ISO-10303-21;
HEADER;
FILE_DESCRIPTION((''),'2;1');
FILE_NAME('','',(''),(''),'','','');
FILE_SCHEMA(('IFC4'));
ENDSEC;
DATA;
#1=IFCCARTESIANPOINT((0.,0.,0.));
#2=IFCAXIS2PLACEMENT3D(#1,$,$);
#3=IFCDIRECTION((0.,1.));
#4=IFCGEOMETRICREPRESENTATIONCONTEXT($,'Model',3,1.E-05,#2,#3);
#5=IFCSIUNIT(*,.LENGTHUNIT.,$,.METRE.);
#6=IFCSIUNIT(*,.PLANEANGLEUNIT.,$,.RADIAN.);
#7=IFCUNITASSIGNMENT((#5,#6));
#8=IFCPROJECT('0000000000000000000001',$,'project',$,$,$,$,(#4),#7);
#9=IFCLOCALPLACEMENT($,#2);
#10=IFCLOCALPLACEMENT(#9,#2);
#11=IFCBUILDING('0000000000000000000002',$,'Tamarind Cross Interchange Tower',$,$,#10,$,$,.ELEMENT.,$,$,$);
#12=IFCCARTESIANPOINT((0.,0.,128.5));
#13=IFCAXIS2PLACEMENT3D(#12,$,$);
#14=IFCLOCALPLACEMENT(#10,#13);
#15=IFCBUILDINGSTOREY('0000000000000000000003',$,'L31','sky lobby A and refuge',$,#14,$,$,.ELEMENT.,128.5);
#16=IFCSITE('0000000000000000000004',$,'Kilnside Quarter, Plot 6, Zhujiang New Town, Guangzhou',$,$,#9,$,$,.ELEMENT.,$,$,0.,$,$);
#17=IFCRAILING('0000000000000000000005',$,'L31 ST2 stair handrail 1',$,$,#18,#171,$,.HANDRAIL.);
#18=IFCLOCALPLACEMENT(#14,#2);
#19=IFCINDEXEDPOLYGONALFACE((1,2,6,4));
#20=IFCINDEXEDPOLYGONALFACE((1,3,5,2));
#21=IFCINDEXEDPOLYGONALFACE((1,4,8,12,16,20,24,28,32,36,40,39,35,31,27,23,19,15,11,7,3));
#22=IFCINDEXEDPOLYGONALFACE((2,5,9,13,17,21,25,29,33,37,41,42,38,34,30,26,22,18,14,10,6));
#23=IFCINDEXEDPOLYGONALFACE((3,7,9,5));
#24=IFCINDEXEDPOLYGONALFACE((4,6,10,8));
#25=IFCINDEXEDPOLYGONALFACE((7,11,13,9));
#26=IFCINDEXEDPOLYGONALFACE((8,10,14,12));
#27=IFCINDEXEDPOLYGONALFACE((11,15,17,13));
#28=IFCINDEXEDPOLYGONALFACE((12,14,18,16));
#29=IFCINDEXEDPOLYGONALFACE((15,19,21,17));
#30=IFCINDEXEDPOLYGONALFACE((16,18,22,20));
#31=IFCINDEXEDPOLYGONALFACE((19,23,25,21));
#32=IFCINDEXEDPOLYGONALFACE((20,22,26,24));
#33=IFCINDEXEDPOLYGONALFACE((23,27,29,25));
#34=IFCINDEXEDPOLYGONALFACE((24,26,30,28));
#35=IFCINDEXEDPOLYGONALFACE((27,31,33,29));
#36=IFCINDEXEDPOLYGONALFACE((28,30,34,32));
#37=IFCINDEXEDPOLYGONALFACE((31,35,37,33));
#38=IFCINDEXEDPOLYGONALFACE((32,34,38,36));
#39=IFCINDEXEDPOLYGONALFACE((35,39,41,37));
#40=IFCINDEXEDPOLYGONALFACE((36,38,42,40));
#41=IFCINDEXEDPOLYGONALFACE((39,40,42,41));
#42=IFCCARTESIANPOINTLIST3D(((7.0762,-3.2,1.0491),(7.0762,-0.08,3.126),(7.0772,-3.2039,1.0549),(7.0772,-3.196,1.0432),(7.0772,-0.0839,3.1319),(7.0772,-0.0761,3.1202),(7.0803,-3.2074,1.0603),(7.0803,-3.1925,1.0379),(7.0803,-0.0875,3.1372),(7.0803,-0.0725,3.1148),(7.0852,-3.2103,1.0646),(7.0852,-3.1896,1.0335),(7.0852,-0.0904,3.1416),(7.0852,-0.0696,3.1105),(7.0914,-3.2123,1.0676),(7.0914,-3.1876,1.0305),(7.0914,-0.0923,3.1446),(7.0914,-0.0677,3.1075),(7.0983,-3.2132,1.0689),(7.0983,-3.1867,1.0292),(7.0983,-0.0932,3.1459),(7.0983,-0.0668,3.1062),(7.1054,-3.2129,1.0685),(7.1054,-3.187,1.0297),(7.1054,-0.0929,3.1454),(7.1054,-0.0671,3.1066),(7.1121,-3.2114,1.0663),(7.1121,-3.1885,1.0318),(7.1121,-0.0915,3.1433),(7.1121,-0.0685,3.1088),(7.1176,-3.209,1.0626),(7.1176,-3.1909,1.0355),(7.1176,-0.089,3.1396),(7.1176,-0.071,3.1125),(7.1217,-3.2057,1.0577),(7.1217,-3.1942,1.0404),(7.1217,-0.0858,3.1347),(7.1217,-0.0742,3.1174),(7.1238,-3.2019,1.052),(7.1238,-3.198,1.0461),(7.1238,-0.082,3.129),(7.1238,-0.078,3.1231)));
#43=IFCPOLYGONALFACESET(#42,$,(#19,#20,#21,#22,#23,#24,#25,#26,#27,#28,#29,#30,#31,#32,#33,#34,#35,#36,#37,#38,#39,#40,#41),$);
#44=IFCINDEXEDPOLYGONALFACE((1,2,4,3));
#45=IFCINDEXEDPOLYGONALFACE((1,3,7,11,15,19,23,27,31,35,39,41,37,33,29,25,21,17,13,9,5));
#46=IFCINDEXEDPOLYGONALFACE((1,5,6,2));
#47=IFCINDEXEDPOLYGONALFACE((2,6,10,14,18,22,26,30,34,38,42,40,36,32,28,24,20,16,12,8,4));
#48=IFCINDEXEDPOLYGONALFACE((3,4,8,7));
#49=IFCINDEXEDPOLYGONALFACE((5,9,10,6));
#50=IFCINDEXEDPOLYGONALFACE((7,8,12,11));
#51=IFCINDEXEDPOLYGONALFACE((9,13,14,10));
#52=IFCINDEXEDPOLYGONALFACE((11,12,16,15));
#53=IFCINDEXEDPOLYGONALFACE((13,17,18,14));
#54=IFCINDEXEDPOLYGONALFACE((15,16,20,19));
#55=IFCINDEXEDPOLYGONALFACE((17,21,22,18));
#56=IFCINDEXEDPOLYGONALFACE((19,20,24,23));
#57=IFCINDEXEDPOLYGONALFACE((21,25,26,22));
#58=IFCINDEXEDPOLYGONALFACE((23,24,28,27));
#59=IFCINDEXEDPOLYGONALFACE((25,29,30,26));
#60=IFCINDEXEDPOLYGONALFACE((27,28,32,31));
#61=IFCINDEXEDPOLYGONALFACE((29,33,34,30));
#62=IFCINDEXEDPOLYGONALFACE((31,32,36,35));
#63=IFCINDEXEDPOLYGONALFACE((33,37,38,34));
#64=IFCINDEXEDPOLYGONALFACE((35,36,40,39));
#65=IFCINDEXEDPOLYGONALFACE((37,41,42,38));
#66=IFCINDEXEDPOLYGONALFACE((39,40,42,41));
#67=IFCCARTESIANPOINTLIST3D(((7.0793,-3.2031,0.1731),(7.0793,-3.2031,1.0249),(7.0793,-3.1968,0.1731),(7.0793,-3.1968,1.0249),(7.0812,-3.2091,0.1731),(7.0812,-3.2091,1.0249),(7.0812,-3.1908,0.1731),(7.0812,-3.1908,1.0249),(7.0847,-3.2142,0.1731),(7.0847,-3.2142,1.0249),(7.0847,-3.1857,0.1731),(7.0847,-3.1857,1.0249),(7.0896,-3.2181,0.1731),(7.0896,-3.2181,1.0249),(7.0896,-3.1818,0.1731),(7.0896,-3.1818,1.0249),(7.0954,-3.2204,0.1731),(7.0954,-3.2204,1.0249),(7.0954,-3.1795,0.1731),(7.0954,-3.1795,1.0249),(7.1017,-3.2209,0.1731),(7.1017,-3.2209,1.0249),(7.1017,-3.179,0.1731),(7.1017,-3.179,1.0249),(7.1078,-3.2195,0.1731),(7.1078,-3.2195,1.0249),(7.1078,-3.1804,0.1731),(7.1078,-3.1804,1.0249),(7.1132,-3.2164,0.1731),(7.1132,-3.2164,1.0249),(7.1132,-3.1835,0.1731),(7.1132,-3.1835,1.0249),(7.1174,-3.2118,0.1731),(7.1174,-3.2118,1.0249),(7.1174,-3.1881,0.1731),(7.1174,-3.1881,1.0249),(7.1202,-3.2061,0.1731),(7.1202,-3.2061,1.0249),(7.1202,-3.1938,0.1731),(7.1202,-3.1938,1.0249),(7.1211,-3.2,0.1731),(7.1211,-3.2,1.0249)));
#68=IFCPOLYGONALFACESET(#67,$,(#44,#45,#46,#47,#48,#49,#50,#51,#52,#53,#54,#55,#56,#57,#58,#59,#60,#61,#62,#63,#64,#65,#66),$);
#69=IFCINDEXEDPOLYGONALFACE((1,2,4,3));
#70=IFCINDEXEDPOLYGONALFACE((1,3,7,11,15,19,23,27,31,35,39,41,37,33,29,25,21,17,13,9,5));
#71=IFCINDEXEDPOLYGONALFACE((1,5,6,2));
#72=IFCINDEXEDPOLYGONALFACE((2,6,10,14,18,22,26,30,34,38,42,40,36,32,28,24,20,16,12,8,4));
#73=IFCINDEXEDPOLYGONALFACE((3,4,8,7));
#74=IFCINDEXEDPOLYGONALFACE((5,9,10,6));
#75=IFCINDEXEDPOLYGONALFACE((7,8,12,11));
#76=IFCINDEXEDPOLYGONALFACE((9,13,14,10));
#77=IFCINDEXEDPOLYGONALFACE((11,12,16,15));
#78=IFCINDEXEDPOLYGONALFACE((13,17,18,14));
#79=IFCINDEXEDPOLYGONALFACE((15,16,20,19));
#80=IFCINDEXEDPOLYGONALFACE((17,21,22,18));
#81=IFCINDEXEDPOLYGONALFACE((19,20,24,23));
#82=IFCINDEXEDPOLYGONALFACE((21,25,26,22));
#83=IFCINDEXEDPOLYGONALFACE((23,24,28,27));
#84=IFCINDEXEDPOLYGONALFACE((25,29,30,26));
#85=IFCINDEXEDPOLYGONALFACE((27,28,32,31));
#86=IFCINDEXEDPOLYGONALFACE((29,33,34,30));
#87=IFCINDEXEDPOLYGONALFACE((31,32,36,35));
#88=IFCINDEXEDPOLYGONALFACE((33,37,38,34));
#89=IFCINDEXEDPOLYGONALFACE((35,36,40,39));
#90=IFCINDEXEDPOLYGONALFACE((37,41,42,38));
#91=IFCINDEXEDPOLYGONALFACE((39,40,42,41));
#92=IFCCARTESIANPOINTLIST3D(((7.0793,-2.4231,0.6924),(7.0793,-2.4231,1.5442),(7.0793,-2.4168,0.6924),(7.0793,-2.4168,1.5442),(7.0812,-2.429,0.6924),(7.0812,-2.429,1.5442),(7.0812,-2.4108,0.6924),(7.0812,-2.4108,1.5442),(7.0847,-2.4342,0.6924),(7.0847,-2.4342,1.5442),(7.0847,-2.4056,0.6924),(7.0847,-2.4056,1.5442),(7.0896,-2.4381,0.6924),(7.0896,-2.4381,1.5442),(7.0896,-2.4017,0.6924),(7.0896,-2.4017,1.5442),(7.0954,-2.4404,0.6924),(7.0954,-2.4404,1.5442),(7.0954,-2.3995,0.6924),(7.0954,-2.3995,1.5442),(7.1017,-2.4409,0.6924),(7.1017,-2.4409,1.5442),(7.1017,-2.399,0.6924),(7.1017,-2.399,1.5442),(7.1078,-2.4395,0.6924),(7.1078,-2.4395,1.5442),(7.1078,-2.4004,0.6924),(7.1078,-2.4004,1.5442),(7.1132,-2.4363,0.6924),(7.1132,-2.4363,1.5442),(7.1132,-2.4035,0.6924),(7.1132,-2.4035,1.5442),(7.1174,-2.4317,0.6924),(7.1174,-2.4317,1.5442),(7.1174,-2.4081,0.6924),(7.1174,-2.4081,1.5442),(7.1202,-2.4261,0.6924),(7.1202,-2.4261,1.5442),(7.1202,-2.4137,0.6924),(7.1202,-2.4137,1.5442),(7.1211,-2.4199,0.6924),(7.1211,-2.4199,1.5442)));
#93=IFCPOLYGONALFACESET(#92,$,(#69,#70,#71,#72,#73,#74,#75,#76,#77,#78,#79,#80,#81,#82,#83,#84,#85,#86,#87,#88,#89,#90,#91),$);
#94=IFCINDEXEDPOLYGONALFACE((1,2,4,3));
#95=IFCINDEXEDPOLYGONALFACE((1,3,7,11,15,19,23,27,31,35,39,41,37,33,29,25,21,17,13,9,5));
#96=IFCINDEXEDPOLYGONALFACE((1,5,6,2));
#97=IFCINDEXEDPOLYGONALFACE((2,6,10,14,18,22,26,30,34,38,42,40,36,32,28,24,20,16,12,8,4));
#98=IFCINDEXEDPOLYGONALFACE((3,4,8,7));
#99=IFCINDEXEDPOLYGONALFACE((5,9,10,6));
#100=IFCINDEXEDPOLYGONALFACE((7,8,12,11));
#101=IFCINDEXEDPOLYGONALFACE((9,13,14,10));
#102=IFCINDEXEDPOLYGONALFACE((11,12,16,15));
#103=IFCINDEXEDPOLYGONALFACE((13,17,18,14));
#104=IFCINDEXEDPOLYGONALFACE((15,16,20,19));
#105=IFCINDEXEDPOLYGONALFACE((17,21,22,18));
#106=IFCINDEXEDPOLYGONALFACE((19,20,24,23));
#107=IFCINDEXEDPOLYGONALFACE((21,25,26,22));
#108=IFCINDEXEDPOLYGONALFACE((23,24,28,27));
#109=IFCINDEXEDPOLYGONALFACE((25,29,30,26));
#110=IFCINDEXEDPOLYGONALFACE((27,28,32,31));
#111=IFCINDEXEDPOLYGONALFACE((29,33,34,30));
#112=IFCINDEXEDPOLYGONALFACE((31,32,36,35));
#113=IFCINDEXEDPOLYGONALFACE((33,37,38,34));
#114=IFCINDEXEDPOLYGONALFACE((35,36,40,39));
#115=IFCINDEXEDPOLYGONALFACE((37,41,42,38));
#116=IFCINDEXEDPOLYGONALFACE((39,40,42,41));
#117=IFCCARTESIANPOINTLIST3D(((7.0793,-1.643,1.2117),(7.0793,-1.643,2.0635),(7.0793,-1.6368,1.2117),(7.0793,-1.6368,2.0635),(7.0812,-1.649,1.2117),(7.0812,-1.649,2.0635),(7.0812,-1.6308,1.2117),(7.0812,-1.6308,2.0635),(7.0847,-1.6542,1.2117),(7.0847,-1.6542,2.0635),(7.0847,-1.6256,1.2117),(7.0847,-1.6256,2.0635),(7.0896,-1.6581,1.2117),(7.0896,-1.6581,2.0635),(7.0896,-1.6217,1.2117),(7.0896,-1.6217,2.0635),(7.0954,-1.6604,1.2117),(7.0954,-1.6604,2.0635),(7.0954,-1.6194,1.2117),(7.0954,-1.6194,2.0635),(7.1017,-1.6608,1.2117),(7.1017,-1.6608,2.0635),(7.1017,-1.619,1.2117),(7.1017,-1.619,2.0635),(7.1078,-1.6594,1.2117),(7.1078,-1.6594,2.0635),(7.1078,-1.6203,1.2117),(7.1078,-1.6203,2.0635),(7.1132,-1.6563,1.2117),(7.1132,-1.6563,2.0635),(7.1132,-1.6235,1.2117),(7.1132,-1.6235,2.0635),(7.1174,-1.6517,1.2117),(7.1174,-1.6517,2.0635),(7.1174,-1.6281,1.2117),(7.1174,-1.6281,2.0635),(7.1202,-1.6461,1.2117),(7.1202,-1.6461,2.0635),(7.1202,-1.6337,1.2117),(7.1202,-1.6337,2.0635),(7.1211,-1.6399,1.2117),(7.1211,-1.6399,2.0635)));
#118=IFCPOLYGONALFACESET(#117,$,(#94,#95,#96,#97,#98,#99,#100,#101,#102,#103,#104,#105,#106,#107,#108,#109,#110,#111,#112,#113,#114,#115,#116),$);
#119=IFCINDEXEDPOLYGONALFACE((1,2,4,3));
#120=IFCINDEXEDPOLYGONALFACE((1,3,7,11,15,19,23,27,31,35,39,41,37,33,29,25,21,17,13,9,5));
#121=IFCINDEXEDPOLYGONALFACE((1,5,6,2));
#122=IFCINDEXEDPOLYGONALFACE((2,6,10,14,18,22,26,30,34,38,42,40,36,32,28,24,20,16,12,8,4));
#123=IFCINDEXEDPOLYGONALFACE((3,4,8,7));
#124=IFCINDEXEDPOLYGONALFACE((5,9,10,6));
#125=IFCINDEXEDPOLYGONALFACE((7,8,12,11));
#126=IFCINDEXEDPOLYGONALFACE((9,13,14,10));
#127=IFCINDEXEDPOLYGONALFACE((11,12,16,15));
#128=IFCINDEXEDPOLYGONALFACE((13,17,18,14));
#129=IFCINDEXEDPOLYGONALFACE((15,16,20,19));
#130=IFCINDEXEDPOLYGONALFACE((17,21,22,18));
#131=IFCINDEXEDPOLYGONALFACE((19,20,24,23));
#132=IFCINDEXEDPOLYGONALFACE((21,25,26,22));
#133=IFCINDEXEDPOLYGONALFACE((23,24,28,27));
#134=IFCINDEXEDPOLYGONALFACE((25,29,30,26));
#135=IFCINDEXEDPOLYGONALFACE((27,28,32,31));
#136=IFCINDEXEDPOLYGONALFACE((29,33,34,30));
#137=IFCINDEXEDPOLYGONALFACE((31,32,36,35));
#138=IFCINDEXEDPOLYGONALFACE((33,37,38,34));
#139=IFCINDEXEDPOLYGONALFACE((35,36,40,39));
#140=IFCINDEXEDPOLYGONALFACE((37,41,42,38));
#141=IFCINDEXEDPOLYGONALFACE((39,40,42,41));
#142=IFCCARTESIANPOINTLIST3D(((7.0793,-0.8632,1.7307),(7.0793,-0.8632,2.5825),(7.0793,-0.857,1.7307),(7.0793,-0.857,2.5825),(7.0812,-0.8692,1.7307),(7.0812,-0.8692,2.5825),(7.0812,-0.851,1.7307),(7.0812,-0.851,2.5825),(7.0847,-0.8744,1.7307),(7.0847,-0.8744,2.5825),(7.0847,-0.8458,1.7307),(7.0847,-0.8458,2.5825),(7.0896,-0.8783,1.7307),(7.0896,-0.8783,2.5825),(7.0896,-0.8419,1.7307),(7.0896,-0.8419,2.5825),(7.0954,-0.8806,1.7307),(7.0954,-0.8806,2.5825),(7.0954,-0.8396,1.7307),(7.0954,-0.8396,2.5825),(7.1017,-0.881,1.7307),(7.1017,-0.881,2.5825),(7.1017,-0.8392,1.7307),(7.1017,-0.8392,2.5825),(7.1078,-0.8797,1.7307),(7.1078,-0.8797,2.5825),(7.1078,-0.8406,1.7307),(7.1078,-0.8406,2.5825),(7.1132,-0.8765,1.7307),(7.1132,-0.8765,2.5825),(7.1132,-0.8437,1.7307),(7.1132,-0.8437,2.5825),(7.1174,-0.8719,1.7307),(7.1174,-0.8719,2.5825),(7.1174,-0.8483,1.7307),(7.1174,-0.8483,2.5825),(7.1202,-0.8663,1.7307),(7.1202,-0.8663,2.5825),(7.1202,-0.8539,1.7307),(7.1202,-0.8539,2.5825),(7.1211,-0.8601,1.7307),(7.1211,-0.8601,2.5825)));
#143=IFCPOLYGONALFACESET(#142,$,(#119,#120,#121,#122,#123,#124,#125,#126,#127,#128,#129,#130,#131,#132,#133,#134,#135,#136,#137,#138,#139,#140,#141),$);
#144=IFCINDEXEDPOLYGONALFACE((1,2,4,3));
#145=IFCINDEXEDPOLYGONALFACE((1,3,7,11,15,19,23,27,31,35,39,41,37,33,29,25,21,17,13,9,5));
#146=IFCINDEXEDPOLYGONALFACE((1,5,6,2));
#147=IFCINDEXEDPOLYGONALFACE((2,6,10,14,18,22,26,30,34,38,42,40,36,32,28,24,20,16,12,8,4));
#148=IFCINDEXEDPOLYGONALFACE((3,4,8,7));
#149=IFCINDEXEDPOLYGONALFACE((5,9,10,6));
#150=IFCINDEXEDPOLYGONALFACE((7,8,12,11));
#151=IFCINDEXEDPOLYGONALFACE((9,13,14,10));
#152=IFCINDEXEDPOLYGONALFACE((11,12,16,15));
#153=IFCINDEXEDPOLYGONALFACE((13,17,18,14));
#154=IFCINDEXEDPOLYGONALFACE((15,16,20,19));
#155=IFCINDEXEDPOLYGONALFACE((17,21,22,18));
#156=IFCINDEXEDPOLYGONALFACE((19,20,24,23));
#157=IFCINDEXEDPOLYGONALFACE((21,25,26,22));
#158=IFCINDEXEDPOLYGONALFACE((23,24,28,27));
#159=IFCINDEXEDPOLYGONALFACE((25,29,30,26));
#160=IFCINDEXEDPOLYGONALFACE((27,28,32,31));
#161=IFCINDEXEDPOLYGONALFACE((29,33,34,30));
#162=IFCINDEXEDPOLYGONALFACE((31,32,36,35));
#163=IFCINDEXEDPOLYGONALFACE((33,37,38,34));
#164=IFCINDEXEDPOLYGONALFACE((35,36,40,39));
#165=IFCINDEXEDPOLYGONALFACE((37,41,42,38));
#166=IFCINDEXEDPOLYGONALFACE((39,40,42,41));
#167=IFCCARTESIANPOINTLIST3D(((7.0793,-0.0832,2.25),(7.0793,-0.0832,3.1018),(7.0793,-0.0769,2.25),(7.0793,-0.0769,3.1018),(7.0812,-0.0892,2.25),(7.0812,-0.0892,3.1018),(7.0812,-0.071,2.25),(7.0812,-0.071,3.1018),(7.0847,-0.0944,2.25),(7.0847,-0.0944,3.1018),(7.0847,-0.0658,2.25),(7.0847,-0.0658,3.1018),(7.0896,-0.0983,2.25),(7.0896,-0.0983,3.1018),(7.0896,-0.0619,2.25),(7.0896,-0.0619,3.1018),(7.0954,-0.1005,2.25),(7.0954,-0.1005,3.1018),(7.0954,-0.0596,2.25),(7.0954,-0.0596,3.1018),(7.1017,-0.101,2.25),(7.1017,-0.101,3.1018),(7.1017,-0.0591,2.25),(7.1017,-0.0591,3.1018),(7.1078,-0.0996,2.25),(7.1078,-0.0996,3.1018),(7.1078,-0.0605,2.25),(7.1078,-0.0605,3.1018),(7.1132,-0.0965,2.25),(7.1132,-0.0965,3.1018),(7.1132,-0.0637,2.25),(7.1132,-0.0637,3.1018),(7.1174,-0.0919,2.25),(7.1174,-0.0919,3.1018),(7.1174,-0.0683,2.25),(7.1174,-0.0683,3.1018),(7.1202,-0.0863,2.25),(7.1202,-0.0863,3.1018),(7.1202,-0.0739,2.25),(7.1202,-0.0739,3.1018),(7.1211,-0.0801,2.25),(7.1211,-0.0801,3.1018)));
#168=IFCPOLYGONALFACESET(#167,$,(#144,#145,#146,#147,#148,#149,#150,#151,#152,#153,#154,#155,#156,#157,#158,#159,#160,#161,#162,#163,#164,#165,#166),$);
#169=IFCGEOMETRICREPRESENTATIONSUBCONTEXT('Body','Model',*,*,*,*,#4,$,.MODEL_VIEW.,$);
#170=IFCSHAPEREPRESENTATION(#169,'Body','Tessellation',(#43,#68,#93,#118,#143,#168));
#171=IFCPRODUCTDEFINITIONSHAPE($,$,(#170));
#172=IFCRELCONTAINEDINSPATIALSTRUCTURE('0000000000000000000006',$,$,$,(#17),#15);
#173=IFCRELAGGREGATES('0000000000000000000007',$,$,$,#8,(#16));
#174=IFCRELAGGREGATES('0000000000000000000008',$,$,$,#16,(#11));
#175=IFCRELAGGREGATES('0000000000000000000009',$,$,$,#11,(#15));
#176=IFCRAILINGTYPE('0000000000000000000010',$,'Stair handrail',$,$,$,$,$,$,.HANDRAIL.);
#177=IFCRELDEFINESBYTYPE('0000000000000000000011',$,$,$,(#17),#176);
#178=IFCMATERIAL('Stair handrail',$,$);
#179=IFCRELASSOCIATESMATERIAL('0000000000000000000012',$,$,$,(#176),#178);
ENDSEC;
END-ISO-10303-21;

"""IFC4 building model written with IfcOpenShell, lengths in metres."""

from ifc_helpers import new_model, si_unit, direction, frame, origin, origin_2d, place, context, subcontext, project, spatial, circle, extrude, material, type_object, element, save


model = new_model("IFC4")

# Units and contexts
model_context = context("Model", 3, precision=1e-05, world=origin(), true_north=direction((0.0, 1.0)))
body_context = subcontext(model_context, "Body", "Model", "MODEL_VIEW")
ifc_project = project(units=[si_unit("LENGTHUNIT", "METRE"), si_unit("PLANEANGLEUNIT", "RADIAN")], contexts=[model_context])

# Site, building, storey
site_placement = place(None, origin())
site = spatial("IfcSite", under=ifc_project, at=site_placement, Name="Kilnside Quarter, Plot 6, Zhujiang New Town, Guangzhou", CompositionType="ELEMENT", RefElevation=0.0)
building_placement = place(site_placement, origin())
building = spatial("IfcBuilding", under=site, at=building_placement, Name="Tamarind Cross Interchange Tower", CompositionType="ELEMENT")
storey_placement = place(building_placement, frame((0.0, 0.0, 128.5)))
storey = spatial("IfcBuildingStorey", under=building, at=storey_placement, Name="L31", Description="sky lobby A and refuge", CompositionType="ELEMENT", Elevation=128.5)

# Railing
ifc_material_1 = material(Name="Stair handrail")
railing_type_1 = type_object("IfcRailingType", Name="Stair handrail", PredefinedType="HANDRAIL", material=ifc_material_1)
railing_1_placement = place(storey_placement, frame((7.1001, -3.2, 0.1731)))
element("IfcRailing", 1, at=railing_1_placement, inside=storey, type_object=railing_type_1, Name="L31 ST2 stair handrail 1", PredefinedType="HANDRAIL", context=body_context, shape_type="SweptSolid", body=[
    extrude(circle(Radius=0.0239, at=origin_2d()), frame((0.0, 0.0, 0.876), z_axis=(0.0, 0.832421, 0.554144), x_axis=(-1.0, 0.0, 0.0)), (0.0, 0.0, 1.0), 3.748),
    extrude(circle(Radius=0.021, at=origin_2d()), origin(), (0.0, 0.0, 1.0), 0.8518),
    extrude(circle(Radius=0.021, at=origin_2d()), frame((0.0, 0.78, 0.5193)), (0.0, 0.0, 1.0), 0.8518),
    extrude(circle(Radius=0.021, at=origin_2d()), frame((0.0, 1.5601, 1.0386)), (0.0, 0.0, 1.0), 0.8518),
    extrude(circle(Radius=0.021, at=origin_2d()), frame((0.0, 2.3398, 1.5576)), (0.0, 0.0, 1.0), 0.8518),
    extrude(circle(Radius=0.021, at=origin_2d()), frame((0.0, 3.1199, 2.0769)), (0.0, 0.0, 1.0), 0.8518),
])

save(model, "model.ifc")
